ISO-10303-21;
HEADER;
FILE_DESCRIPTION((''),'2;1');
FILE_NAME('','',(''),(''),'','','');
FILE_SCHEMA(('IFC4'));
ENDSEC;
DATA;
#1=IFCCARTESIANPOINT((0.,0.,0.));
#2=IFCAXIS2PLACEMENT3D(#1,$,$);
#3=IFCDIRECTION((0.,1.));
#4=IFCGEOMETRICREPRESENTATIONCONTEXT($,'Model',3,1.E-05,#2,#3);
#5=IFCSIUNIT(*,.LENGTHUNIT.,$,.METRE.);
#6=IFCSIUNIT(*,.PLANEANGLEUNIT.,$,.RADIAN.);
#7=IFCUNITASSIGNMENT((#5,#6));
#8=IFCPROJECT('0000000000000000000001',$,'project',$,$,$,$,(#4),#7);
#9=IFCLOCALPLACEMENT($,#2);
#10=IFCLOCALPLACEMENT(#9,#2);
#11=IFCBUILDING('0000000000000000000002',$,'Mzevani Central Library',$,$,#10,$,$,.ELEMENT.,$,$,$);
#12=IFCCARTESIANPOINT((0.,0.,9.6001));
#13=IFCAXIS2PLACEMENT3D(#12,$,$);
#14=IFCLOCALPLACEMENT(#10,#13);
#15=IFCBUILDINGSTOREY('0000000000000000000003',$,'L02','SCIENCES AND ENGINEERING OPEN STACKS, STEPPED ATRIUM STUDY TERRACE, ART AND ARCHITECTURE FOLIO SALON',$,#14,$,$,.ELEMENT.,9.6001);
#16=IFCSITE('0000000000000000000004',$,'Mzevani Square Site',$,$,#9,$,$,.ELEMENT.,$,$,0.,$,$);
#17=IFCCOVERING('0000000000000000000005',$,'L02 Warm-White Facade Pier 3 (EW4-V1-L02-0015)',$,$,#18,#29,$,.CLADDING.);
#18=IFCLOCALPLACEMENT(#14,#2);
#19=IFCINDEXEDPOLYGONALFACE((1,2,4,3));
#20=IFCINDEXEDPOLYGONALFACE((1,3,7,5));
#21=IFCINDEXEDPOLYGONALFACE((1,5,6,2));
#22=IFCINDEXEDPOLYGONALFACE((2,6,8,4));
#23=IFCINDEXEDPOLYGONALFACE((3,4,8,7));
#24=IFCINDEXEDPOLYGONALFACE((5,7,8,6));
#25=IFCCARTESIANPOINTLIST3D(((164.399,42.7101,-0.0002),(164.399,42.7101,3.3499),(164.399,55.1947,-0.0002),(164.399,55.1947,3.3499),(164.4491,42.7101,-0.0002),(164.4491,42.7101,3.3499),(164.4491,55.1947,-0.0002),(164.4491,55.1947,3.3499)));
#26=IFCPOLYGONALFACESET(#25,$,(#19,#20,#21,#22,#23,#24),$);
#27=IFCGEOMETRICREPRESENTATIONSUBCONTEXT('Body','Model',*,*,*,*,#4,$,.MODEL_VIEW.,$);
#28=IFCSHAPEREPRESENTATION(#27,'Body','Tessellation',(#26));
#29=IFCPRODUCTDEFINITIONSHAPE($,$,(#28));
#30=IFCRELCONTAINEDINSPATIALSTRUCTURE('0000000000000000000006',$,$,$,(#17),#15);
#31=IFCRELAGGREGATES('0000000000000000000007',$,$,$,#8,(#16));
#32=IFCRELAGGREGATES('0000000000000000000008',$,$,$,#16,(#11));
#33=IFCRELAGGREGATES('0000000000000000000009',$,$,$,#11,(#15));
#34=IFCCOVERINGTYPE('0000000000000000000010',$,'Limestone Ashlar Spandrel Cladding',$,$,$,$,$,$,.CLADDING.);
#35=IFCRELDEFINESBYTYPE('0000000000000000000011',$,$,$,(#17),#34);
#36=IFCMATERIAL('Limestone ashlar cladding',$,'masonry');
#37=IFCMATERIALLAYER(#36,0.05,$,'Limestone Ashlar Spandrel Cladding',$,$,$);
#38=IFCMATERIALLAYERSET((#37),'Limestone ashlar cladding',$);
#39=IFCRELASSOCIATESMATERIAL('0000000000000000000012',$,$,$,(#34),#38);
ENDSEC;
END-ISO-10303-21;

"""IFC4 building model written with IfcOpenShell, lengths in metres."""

from ifc_helpers import new_model, si_unit, direction, frame, origin, origin_2d, place, context, subcontext, project, spatial, rectangle, extrude, material, layer, layer_set, type_object, element, save


model = new_model("IFC4")

# Units and contexts
model_context = context("Model", 3, precision=1e-05, world=origin(), true_north=direction((0.0, 1.0)))
body_context = subcontext(model_context, "Body", "Model", "MODEL_VIEW")
ifc_project = project(units=[si_unit("LENGTHUNIT", "METRE"), si_unit("PLANEANGLEUNIT", "RADIAN")], contexts=[model_context])

# Site, building, storey
site_placement = place(None, origin())
site = spatial("IfcSite", under=ifc_project, at=site_placement, Name="Mzevani Square Site", CompositionType="ELEMENT", RefElevation=0.0)
building_placement = place(site_placement, origin())
building = spatial("IfcBuilding", under=site, at=building_placement, Name="Mzevani Central Library", CompositionType="ELEMENT")
storey_placement = place(building_placement, frame((0.0, 0.0, 9.6001)))
storey = spatial("IfcBuildingStorey", under=building, at=storey_placement, Name="L02", Description="SCIENCES AND ENGINEERING OPEN STACKS, STEPPED ATRIUM STUDY TERRACE, ART AND ARCHITECTURE FOLIO SALON", CompositionType="ELEMENT", Elevation=9.6001)

# Covering
ifc_material_1 = material(Name="Limestone ashlar cladding", Category="masonry")
ifc_layer_1 = layer(ifc_material_1, 0.05, Name="Limestone Ashlar Spandrel Cladding")
ifc_layer_set_1 = layer_set([ifc_layer_1], Name="Limestone ashlar cladding")
covering_type = type_object("IfcCoveringType", Name="Limestone Ashlar Spandrel Cladding", PredefinedType="CLADDING", material=ifc_layer_set_1)
covering_1_placement = place(storey_placement, frame((164.4241, 48.9524, -0.0002), z_axis=(0.0, 0.0, 1.0), x_axis=(0.0, -1.0, 0.0)))
element("IfcCovering", 1, at=covering_1_placement, inside=storey, type_object=covering_type, Name="L02 Warm-White Facade Pier 3 (EW4-V1-L02-0015)", PredefinedType="CLADDING", context=body_context, shape_type="SweptSolid", body=[
    extrude(rectangle(XDim=12.4846, YDim=0.05, at=origin_2d()), origin(), (0.0, 0.0, 1.0), 3.3501),
])

save(model, "model.ifc")
